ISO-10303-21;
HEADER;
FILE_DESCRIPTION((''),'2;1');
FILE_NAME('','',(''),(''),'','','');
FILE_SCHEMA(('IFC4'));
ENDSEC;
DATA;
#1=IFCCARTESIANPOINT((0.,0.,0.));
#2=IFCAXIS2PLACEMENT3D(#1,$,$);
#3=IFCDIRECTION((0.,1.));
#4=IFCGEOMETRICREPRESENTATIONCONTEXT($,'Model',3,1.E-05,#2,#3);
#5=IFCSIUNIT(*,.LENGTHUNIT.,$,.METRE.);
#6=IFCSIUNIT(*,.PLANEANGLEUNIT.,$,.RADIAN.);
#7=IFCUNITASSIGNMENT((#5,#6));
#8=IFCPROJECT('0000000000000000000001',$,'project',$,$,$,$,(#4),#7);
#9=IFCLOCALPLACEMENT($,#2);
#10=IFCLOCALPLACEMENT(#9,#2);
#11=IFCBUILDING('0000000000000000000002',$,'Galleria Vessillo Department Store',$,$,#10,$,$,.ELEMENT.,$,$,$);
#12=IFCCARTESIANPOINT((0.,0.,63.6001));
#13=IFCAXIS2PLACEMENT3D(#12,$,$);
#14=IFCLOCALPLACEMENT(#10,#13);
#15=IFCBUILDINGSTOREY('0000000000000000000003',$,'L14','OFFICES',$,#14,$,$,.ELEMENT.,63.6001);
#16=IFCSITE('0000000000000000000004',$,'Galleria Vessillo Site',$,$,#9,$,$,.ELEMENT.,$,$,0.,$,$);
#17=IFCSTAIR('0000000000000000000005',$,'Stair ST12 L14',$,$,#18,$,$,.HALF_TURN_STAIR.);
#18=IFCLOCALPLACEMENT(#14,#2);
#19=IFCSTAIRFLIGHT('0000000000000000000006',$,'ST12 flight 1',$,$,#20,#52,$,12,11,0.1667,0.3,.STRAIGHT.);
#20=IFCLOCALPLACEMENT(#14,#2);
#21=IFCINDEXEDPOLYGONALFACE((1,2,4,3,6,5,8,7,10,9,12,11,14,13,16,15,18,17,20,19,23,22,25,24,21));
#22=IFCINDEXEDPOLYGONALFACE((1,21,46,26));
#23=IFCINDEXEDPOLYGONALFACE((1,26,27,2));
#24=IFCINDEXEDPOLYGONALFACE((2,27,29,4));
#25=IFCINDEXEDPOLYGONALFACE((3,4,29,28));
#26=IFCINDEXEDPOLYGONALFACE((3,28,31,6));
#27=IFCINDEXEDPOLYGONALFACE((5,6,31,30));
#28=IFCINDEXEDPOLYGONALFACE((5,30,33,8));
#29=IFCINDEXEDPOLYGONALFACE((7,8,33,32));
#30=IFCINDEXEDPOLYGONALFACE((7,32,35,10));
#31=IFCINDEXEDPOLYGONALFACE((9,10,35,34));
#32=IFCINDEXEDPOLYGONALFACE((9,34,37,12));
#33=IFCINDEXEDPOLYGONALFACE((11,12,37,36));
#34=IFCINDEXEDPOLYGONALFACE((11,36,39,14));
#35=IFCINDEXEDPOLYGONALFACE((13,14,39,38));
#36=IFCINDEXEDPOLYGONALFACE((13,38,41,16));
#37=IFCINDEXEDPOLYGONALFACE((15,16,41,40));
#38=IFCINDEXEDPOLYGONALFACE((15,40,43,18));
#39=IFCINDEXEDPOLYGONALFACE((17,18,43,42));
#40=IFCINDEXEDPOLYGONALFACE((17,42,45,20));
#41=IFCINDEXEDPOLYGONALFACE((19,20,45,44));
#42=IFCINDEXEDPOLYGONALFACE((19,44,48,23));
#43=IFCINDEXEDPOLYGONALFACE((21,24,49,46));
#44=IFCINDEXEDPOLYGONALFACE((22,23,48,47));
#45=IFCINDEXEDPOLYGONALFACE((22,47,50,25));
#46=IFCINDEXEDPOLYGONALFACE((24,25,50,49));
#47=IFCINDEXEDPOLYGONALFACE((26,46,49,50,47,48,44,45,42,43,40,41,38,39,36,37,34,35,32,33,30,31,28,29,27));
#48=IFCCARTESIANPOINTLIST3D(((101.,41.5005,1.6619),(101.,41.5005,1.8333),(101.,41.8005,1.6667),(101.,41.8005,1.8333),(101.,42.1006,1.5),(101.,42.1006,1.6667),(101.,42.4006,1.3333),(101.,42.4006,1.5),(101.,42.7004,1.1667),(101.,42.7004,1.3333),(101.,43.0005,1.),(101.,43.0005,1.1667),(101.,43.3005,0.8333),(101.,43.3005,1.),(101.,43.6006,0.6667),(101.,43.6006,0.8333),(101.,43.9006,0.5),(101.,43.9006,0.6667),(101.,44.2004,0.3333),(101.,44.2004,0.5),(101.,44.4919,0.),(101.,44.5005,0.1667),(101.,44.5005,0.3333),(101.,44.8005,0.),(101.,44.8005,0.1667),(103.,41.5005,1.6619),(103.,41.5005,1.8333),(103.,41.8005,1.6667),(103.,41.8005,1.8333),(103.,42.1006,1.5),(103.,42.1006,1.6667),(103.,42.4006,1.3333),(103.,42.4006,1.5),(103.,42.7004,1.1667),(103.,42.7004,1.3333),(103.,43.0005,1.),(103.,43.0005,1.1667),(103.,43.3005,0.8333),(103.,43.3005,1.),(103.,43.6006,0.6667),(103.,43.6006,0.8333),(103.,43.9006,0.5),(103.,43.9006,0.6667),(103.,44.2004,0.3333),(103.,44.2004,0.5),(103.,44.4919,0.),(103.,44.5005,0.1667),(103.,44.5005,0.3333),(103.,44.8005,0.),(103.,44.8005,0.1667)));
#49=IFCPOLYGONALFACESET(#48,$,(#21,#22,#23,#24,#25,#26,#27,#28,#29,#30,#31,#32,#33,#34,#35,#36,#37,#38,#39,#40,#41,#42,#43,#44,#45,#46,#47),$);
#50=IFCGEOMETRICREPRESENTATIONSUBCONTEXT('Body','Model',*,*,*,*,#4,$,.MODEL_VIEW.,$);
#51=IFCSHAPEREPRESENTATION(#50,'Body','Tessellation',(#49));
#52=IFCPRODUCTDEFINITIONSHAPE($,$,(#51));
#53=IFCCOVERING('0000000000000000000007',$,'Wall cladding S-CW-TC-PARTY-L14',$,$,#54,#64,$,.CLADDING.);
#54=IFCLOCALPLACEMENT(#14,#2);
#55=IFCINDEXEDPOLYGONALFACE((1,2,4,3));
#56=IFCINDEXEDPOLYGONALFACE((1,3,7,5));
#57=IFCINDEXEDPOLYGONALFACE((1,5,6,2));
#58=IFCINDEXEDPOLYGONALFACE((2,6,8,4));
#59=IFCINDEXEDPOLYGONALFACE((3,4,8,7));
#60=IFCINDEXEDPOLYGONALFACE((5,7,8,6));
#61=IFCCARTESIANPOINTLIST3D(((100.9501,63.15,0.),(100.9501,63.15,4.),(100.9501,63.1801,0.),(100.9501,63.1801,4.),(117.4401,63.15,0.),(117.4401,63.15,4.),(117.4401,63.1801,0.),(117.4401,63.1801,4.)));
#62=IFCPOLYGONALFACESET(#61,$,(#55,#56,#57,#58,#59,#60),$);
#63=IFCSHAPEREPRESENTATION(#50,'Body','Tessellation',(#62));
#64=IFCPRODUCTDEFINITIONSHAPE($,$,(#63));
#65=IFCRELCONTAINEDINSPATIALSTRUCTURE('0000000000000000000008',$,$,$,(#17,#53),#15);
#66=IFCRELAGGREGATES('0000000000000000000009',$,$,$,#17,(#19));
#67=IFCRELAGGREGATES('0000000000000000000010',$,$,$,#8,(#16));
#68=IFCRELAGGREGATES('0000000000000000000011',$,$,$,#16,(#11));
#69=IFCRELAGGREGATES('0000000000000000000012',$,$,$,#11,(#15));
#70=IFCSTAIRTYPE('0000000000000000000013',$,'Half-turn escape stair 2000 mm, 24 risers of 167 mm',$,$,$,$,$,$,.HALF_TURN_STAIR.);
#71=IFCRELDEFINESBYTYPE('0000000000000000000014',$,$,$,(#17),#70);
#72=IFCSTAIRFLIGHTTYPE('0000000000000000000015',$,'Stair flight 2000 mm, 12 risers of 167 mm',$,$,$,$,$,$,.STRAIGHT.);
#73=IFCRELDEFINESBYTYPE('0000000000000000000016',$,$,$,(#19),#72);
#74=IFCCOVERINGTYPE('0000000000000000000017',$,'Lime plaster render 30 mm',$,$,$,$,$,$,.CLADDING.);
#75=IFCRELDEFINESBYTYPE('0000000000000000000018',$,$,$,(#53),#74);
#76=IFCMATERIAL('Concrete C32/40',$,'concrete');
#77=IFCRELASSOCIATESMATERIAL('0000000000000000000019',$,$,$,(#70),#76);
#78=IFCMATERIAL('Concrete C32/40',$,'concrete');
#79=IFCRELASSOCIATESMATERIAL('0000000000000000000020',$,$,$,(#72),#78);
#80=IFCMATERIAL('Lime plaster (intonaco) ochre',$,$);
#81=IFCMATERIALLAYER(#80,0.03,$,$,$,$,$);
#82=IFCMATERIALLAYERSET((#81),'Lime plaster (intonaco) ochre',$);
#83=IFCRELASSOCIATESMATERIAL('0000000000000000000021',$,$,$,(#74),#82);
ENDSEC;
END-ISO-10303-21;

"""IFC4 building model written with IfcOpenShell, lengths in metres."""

from ifc_helpers import new_model, si_unit, direction, frame, origin, origin_2d, place, context, subcontext, project, spatial, polyline, rectangle, outline, extrude, material, layer, layer_set, type_object, element, aggregate, save


model = new_model("IFC4")

# Units and contexts
model_context = context("Model", 3, precision=1e-05, world=origin(), true_north=direction((0.0, 1.0)))
body_context = subcontext(model_context, "Body", "Model", "MODEL_VIEW")
ifc_project = project(units=[si_unit("LENGTHUNIT", "METRE"), si_unit("PLANEANGLEUNIT", "RADIAN")], contexts=[model_context])

# Site, building, storey
site_placement = place(None, origin())
site = spatial("IfcSite", under=ifc_project, at=site_placement, Name="Galleria Vessillo Site", CompositionType="ELEMENT", RefElevation=0.0)
building_placement = place(site_placement, origin())
building = spatial("IfcBuilding", under=site, at=building_placement, Name="Galleria Vessillo Department Store", CompositionType="ELEMENT")
storey_placement = place(building_placement, frame((0.0, 0.0, 63.6001)))
storey = spatial("IfcBuildingStorey", under=building, at=storey_placement, Name="L14", Description="OFFICES", CompositionType="ELEMENT", Elevation=63.6001)

# Shared definitions
ifc_material_1 = material(Name="Concrete C32/40", Category="concrete")
stair_type = type_object("IfcStairType", Name="Half-turn escape stair 2000 mm, 24 risers of 167 mm", PredefinedType="HALF_TURN_STAIR", material=ifc_material_1)
ifc_material_2 = material(Name="Concrete C32/40", Category="concrete")
stair_flight_type = type_object("IfcStairFlightType", Name="Stair flight 2000 mm, 12 risers of 167 mm", PredefinedType="STRAIGHT", material=ifc_material_2)

# Stair, stair flight
stair_1_placement = place(storey_placement, origin())
stair_1 = element("IfcStair", 1, at=stair_1_placement, inside=storey, type_object=stair_type, Name="Stair ST12 L14", PredefinedType="HALF_TURN_STAIR")
stair_flight_1_placement = place(storey_placement, frame((102.0, 44.8005, 0.0), z_axis=(0.0, 0.0, 1.0), x_axis=(0.0, -1.0, 0.0)))
stair_flight_1 = element("IfcStairFlight", 2, at=stair_flight_1_placement, type_object=stair_flight_type, Name="ST12 flight 1", NumberOfRisers=12, NumberOfTreads=11, PredefinedType="STRAIGHT", RiserHeight=0.1667, TreadLength=0.3, context=body_context, shape_type="SweptSolid", body=[
    extrude(outline(polyline([(0.0, 0.0), (0.0, 0.1667), (0.3, 0.1667), (0.3, 0.3333), (0.6001, 0.3333), (0.6001, 0.5), (0.8999, 0.5), (0.8999, 0.6667), (1.2, 0.6667), (1.2, 0.8333), (1.5, 0.8333), (1.5, 1.0), (1.8, 1.0), (1.8, 1.1667), (2.1001, 1.1667), (2.1001, 1.3333), (2.3999, 1.3333), (2.3999, 1.5), (2.7, 1.5), (2.7, 1.6667), (3.0, 1.6667), (3.0, 1.8333), (3.3, 1.8333), (3.3, 2.0), (3.3, 1.6619), (0.3086, 0.0), (0.0, 0.0)])), frame((0.0, 1.0, 0.0), z_axis=(0.0, -1.0, 0.0), x_axis=(1.0, 0.0, 0.0)), (0.0, 0.0, 1.0), 2.0),
])
aggregate(stair_1, [stair_flight_1])

# Covering
ifc_material_3 = material(Name="Lime plaster (intonaco) ochre")
ifc_layer_1 = layer(ifc_material_3, 0.03)
ifc_layer_set_1 = layer_set([ifc_layer_1], Name="Lime plaster (intonaco) ochre")
covering_type = type_object("IfcCoveringType", Name="Lime plaster render 30 mm", PredefinedType="CLADDING", material=ifc_layer_set_1)
covering_placement = place(storey_placement, frame((109.1951, 63.165, 0.0), z_axis=(0.0, 0.0, 1.0), x_axis=(1.0, 0.0, 0.0)))
element("IfcCovering", 3, at=covering_placement, inside=storey, type_object=covering_type, Name="Wall cladding S-CW-TC-PARTY-L14", PredefinedType="CLADDING", context=body_context, shape_type="SweptSolid", body=[
    extrude(rectangle(XDim=16.49, YDim=0.03, at=origin_2d()), origin(), (0.0, 0.0, 1.0), 4.0),
])

save(model, "model.ifc")
